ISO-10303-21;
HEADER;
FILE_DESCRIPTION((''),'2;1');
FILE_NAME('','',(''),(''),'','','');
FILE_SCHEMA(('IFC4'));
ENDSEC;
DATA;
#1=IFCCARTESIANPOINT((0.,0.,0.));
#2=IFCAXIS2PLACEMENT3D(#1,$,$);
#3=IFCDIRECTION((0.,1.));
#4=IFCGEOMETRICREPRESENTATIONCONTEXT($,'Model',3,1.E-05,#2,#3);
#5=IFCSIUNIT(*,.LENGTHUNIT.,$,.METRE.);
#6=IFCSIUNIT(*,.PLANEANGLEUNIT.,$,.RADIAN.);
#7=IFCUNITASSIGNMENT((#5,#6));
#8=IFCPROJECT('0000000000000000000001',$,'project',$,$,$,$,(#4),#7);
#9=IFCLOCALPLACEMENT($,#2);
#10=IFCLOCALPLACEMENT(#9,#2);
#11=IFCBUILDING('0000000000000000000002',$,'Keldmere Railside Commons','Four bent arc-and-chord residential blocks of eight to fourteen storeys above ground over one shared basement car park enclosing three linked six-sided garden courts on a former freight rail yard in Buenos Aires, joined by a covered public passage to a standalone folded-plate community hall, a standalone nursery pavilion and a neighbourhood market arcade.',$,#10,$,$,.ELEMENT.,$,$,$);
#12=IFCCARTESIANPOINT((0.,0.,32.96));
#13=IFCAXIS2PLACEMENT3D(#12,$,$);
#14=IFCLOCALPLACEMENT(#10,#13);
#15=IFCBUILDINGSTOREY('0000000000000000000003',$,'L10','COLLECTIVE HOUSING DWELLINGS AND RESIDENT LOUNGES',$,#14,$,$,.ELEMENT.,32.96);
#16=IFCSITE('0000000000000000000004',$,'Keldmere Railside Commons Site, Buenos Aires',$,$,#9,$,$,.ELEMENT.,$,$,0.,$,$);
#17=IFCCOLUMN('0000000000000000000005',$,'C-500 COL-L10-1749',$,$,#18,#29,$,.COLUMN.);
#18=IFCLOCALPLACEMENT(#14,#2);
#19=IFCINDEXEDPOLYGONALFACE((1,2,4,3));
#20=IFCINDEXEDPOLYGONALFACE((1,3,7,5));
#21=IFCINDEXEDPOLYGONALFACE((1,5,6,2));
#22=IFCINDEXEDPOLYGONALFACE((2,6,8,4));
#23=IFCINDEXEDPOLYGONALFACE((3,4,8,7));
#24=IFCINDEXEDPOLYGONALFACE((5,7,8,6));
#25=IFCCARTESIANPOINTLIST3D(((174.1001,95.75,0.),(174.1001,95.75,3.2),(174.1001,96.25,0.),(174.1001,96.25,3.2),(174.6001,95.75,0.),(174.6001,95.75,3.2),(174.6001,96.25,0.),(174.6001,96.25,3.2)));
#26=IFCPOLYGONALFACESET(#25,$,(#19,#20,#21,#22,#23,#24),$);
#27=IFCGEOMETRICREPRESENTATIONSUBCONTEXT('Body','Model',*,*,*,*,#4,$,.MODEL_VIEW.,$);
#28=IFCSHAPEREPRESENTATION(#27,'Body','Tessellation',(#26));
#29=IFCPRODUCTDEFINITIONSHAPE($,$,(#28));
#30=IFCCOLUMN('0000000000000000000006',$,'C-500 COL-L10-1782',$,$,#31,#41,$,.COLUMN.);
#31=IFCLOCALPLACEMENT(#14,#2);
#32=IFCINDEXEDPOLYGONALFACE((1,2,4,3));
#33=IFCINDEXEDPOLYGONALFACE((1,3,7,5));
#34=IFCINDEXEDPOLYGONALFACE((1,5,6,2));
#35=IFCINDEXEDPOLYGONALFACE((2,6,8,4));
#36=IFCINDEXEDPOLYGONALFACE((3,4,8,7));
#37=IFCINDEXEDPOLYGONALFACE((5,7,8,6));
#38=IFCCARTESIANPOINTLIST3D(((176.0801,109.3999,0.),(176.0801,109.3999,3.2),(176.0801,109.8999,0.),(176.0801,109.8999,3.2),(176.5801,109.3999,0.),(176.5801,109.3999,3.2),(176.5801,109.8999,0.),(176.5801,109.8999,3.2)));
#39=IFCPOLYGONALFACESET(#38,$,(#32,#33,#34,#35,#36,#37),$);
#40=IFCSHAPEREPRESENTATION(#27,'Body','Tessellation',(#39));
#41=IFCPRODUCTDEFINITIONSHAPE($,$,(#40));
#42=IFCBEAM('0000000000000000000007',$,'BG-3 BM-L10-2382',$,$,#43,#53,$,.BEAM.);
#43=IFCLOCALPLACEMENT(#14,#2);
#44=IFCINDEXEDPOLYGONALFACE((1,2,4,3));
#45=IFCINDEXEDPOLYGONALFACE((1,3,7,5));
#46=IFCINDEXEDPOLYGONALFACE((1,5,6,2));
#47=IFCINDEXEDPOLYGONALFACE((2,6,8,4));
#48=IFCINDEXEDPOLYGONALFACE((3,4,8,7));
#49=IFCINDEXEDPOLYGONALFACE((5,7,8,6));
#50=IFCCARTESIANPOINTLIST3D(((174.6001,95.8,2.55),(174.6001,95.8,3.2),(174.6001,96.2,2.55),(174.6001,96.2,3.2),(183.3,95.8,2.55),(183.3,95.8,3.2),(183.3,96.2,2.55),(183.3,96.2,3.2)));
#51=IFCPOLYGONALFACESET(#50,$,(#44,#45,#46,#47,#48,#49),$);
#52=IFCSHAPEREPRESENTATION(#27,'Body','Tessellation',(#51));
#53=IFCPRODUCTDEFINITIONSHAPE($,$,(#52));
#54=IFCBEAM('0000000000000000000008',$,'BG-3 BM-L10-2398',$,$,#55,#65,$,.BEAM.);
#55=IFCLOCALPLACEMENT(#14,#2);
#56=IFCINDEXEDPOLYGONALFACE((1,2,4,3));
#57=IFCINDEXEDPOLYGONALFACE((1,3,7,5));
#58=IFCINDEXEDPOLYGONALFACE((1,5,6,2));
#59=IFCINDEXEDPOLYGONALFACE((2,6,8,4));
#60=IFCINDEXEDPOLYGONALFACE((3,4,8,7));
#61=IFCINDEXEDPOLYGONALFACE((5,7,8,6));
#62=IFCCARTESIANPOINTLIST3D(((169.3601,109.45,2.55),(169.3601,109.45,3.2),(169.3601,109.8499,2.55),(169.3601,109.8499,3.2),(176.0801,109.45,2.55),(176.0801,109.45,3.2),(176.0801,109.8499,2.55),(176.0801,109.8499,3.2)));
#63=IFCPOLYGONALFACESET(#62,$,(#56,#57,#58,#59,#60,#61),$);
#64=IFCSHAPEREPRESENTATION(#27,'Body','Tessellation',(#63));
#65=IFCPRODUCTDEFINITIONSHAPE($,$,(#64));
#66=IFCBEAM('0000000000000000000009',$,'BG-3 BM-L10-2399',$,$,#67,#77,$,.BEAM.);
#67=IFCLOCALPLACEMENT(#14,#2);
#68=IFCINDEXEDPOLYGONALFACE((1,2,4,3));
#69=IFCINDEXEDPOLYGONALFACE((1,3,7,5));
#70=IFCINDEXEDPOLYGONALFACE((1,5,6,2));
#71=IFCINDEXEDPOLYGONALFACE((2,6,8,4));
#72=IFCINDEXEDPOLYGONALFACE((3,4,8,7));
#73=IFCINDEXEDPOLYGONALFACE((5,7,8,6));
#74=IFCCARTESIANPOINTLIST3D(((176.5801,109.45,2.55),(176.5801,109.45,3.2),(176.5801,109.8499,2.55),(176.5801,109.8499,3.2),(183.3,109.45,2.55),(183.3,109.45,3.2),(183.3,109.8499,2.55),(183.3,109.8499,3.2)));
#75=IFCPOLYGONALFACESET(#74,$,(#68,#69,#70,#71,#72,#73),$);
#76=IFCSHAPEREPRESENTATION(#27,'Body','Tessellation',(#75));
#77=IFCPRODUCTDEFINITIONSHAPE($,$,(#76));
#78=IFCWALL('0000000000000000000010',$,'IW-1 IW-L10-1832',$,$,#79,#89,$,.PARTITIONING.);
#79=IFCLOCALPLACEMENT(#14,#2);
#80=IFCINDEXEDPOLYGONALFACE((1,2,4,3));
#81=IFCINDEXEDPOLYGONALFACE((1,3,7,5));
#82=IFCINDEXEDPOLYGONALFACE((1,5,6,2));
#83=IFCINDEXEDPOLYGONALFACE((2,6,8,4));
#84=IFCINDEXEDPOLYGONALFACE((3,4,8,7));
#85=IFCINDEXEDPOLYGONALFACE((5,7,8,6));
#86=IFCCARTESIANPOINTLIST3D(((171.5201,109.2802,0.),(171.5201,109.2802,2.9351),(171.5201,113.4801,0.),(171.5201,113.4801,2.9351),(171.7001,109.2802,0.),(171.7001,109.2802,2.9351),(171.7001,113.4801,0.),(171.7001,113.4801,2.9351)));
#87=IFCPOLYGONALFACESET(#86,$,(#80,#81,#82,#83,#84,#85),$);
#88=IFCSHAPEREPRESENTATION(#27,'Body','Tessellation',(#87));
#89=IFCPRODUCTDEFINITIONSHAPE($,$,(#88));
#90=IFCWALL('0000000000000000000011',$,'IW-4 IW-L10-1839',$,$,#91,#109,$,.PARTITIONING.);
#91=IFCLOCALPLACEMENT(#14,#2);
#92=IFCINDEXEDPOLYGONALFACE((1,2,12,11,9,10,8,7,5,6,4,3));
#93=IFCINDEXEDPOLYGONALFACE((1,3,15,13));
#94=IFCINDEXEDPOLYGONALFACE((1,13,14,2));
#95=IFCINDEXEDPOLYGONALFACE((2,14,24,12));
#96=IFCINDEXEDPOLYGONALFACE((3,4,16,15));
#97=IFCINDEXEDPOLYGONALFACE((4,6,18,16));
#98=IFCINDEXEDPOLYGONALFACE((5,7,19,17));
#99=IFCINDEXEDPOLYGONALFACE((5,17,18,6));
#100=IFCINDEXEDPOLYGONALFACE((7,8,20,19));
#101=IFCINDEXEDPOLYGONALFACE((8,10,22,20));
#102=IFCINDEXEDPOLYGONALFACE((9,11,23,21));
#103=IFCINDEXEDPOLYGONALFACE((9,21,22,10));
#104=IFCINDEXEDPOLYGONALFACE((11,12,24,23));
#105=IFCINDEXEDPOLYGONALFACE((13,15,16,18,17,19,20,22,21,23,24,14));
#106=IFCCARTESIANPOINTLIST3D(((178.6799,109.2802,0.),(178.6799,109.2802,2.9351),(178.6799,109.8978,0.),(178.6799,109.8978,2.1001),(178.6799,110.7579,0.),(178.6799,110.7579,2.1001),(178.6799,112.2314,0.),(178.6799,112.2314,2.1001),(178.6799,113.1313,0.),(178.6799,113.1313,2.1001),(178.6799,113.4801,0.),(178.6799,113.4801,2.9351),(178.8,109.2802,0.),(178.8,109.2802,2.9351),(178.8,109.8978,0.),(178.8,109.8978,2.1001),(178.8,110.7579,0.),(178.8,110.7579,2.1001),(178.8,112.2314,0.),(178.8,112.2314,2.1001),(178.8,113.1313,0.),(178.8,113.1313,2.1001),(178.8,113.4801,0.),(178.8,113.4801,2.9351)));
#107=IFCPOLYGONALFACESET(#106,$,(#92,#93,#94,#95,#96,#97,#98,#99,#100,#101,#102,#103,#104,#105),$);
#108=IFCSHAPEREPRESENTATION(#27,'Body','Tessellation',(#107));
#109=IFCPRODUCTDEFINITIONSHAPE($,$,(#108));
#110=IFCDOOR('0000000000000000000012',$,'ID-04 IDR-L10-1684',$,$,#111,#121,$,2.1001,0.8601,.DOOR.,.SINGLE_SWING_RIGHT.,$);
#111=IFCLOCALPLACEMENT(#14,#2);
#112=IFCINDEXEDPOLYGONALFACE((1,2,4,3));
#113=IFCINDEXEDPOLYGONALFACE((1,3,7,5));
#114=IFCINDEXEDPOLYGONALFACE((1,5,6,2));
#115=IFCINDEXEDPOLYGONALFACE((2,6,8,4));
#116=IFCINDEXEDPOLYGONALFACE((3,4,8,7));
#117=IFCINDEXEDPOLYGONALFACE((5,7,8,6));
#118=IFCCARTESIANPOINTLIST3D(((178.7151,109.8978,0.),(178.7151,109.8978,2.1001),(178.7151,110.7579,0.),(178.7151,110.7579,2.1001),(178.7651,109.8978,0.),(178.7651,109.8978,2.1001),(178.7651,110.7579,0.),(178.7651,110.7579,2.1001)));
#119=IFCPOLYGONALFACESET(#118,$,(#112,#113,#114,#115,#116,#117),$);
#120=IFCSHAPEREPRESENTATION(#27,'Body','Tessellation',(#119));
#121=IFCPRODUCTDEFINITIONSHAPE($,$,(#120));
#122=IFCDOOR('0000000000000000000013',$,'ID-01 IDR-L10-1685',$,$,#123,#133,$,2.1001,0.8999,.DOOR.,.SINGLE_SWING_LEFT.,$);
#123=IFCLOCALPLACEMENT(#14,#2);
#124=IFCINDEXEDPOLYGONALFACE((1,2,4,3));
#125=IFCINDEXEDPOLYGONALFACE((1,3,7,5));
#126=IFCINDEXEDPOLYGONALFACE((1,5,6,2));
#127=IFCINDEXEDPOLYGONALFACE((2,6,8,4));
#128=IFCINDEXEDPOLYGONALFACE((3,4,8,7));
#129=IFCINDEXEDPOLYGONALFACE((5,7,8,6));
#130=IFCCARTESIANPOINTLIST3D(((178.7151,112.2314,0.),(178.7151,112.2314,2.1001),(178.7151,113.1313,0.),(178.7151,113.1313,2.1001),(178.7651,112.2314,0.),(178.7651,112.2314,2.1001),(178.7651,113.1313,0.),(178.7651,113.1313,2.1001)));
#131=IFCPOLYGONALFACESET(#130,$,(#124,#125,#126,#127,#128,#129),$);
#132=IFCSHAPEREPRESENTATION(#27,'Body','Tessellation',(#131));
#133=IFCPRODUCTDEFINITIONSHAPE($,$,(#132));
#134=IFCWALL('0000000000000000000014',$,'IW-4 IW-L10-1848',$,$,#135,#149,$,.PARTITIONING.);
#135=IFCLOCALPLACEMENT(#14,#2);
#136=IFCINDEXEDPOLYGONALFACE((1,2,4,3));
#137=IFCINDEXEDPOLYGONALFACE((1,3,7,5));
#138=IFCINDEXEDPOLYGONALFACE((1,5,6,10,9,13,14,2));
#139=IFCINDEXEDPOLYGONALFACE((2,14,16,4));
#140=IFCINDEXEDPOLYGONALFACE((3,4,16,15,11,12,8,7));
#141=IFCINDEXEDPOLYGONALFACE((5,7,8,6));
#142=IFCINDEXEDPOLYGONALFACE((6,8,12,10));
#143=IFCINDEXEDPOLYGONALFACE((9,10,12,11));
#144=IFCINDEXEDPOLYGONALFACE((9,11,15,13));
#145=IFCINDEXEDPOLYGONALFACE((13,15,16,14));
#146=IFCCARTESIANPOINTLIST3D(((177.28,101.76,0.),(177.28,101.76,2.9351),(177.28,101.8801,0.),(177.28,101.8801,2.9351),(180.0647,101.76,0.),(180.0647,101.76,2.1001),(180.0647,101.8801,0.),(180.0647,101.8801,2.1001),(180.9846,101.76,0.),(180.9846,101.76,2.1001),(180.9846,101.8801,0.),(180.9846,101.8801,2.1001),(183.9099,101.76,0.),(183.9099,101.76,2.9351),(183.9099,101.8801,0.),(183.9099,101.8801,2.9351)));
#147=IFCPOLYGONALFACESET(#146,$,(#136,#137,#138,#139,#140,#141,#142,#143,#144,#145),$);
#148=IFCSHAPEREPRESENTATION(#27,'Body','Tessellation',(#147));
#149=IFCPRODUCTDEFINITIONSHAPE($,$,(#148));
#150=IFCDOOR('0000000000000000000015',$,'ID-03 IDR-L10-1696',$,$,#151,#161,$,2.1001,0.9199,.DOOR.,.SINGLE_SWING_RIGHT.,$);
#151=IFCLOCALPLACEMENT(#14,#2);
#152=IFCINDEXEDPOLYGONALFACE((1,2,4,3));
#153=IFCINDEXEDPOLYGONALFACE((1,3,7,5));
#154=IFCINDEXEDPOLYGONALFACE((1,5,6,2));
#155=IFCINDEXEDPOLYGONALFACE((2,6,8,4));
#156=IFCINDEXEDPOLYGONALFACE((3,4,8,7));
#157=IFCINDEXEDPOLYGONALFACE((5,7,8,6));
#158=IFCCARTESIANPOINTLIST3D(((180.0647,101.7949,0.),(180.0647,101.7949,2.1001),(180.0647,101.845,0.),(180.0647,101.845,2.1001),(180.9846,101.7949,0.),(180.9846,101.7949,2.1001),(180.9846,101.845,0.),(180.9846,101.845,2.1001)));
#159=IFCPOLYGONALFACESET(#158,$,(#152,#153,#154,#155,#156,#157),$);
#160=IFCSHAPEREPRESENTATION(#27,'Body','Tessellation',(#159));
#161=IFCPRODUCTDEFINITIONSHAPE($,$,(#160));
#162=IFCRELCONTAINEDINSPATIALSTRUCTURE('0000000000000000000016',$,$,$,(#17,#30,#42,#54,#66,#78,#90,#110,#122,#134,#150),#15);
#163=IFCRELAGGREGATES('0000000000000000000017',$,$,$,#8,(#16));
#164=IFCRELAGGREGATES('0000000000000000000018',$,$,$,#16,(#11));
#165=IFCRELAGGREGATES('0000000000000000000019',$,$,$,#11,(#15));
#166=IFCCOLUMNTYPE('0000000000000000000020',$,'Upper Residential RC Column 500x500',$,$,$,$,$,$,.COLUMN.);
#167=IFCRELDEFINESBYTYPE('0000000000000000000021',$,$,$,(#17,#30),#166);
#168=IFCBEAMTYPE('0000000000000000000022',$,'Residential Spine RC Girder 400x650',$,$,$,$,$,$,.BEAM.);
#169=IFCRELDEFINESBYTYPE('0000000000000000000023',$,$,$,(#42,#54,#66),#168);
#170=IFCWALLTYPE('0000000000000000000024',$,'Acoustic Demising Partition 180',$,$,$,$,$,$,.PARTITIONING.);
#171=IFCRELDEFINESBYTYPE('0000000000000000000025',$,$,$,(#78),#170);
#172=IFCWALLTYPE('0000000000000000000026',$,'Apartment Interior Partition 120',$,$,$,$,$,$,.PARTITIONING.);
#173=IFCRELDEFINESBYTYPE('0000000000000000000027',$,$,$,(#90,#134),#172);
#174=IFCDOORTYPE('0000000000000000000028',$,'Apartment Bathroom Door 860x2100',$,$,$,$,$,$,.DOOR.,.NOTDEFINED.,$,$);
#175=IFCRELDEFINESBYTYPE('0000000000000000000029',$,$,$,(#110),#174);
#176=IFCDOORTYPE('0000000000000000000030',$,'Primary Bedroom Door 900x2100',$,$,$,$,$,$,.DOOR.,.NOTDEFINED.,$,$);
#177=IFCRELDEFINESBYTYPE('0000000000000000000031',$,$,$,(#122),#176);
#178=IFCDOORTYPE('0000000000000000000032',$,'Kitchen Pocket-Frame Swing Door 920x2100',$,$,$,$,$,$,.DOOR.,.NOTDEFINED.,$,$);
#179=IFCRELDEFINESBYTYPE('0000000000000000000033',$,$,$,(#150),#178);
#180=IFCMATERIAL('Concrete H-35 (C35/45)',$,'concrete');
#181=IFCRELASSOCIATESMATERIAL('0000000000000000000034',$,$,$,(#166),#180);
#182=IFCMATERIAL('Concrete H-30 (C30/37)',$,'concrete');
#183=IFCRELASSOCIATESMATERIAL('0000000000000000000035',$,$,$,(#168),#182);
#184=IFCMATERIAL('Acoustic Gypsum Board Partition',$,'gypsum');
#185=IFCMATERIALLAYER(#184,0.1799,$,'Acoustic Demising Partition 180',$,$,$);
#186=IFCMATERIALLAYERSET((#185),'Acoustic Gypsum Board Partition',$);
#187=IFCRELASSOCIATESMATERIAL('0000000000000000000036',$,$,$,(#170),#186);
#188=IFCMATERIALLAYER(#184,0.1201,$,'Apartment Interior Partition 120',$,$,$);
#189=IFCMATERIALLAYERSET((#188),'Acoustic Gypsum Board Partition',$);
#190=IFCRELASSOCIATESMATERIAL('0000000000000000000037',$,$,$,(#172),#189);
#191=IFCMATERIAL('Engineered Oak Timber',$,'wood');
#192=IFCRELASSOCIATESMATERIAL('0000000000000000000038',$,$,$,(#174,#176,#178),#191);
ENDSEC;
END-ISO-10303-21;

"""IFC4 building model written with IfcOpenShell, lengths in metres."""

from ifc_helpers import new_model, si_unit, direction, frame, frame_2d, origin, origin_2d, place, context, subcontext, project, spatial, rectangle, extrude, material, layer, layer_set, material_profile, profile_set, type_object, element, fill, save


model = new_model("IFC4")

# Units and contexts
model_context = context("Model", 3, precision=1e-05, world=origin(), true_north=direction((0.0, 1.0)))
body_context = subcontext(model_context, "Body", "Model", "MODEL_VIEW")
ifc_project = project(units=[si_unit("LENGTHUNIT", "METRE"), si_unit("PLANEANGLEUNIT", "RADIAN")], contexts=[model_context])

# Site, building, storey
site_placement = place(None, origin())
site = spatial("IfcSite", under=ifc_project, at=site_placement, Name="Keldmere Railside Commons Site, Buenos Aires", CompositionType="ELEMENT", RefElevation=0.0)
building_placement = place(site_placement, origin())
building = spatial("IfcBuilding", under=site, at=building_placement, Name="Keldmere Railside Commons", Description="Four bent arc-and-chord residential blocks of eight to fourteen storeys above ground over one shared basement car park enclosing three linked six-sided garden courts on a former freight rail yard in Buenos Aires, joined by a covered public passage to a standalone folded-plate community hall, a standalone nursery pavilion and a neighbourhood market arcade.", CompositionType="ELEMENT")
storey_placement = place(building_placement, frame((0.0, 0.0, 32.96)))
storey = spatial("IfcBuildingStorey", under=building, at=storey_placement, Name="L10", Description="COLLECTIVE HOUSING DWELLINGS AND RESIDENT LOUNGES", CompositionType="ELEMENT", Elevation=32.96)

# Columns
ifc_material_1 = material(Name="Concrete H-35 (C35/45)", Category="concrete")
ifc_material_profile_1 = material_profile(ifc_material_1, rectangle(XDim=0.5, YDim=0.5, at=origin_2d()), Name="RC-500x500")
ifc_profile_set_1 = profile_set([ifc_material_profile_1], Name="Concrete H-35 (C35/45)")
column_type = type_object("IfcColumnType", Name="Upper Residential RC Column 500x500", PredefinedType="COLUMN", material=ifc_profile_set_1)
for number, where, z_axis, x_axis, name in (
    (1, (174.3501, 96.0, 0.0), (0.0, 0.0, 1.0), (1.0, 0.0, 0.0), "C-500 COL-L10-1749"),
    (2, (176.3301, 109.6499, 0.0), (0.0, 0.0, 1.0), (1.0, 0.0, 0.0), "C-500 COL-L10-1782"),
):
    element("IfcColumn", number, at=place(storey_placement, frame(where, z_axis=z_axis, x_axis=x_axis)), inside=storey, type_object=column_type, Name=name, PredefinedType="COLUMN", context=body_context, shape_type="SweptSolid", body=[
        extrude(rectangle(XDim=0.5, YDim=0.5, at=origin_2d()), origin(), (0.0, 0.0, 1.0), 3.2),
    ])

# Beams
ifc_material_2 = material(Name="Concrete H-30 (C30/37)", Category="concrete")
ifc_material_profile_2 = material_profile(ifc_material_2, rectangle(XDim=0.3999, YDim=0.6499, at=origin_2d()), Name="RC-400x650")
ifc_profile_set_2 = profile_set([ifc_material_profile_2], Name="Concrete H-30 (C30/37)")
beam_type = type_object("IfcBeamType", Name="Residential Spine RC Girder 400x650", PredefinedType="BEAM", material=ifc_profile_set_2)
beam_placement = place(storey_placement, frame((174.6001, 96.0, 2.875), z_axis=(1.0, 0.0, 0.0), x_axis=(0.0, 1.0, 0.0)))
element("IfcBeam", 3, at=beam_placement, inside=storey, type_object=beam_type, Name="BG-3 BM-L10-2382", PredefinedType="BEAM", context=body_context, shape_type="SweptSolid", body=[
    extrude(rectangle(XDim=0.3999, YDim=0.6499, at=origin_2d()), origin(), (0.0, 0.0, 1.0), 8.7),
])
for number, where, z_axis, x_axis, name in (
    (4, (169.3601, 109.6499, 2.875), (1.0, 0.0, 0.0), (0.0, 1.0, 0.0), "BG-3 BM-L10-2398"),
    (5, (176.5801, 109.6499, 2.875), (1.0, 0.0, 0.0), (0.0, 1.0, 0.0), "BG-3 BM-L10-2399"),
):
    element("IfcBeam", number, at=place(storey_placement, frame(where, z_axis=z_axis, x_axis=x_axis)), inside=storey, type_object=beam_type, Name=name, PredefinedType="BEAM", context=body_context, shape_type="SweptSolid", body=[
        extrude(rectangle(XDim=0.3999, YDim=0.6499, at=origin_2d()), origin(), (0.0, 0.0, 1.0), 6.72),
    ])

# Wall
ifc_material_3 = material(Name="Acoustic Gypsum Board Partition", Category="gypsum")
ifc_layer_1 = layer(ifc_material_3, 0.1799, Name="Acoustic Demising Partition 180")
ifc_layer_set_1 = layer_set([ifc_layer_1], Name="Acoustic Gypsum Board Partition")
wall_type_1 = type_object("IfcWallType", Name="Acoustic Demising Partition 180", PredefinedType="PARTITIONING", material=ifc_layer_set_1)
wall_1_placement = place(storey_placement, frame((171.6101, 109.28, 0.0), z_axis=(0.0, 0.0, 1.0), x_axis=(0.0, 1.0, 0.0)))
element("IfcWall", 6, at=wall_1_placement, inside=storey, type_object=wall_type_1, Name="IW-1 IW-L10-1832", PredefinedType="PARTITIONING", context=body_context, shape_type="SweptSolid", body=[
    extrude(rectangle(XDim=4.2, YDim=0.1799, at=frame_2d((2.1001, 0.0))), origin(), (0.0, 0.0, 1.0), 2.9351),
])

# Wall, openings, doors
ifc_layer_2 = layer(ifc_material_3, 0.1201, Name="Apartment Interior Partition 120")
ifc_layer_set_2 = layer_set([ifc_layer_2], Name="Acoustic Gypsum Board Partition")
wall_type_2 = type_object("IfcWallType", Name="Apartment Interior Partition 120", PredefinedType="PARTITIONING", material=ifc_layer_set_2)
wall_2_placement = place(storey_placement, frame((178.74, 109.28, 0.0), z_axis=(0.0, 0.0, 1.0), x_axis=(0.0, 1.0, 0.0)))
wall_2 = element("IfcWall", 7, at=wall_2_placement, inside=storey, type_object=wall_type_2, Name="IW-4 IW-L10-1839", PredefinedType="PARTITIONING", context=body_context, shape_type="SweptSolid", body=[
    extrude(rectangle(XDim=4.2, YDim=0.1201, at=frame_2d((2.1001, 0.0))), origin(), (0.0, 0.0, 1.0), 2.9351),
])
opening_1_placement = place(wall_2_placement, frame((0.6177, 0.0, 0.0)))
opening_1 = element("IfcOpeningElement", 8, at=opening_1_placement, cuts=wall_2, PredefinedType="OPENING", context=body_context, shape_type="SweptSolid", body=[
    extrude(rectangle(XDim=0.8601, YDim=2.1001, at=frame_2d((0.4302, 1.05))), frame((0.0, 0.0701, 0.0), z_axis=(0.0, -1.0, 0.0), x_axis=(1.0, 0.0, 0.0)), (0.0, 0.0, 1.0), 0.1401),
])
opening_2_placement = place(wall_2_placement, frame((2.9514, 0.0, 0.0)))
opening_2 = element("IfcOpeningElement", 9, at=opening_2_placement, cuts=wall_2, PredefinedType="OPENING", context=body_context, shape_type="SweptSolid", body=[
    extrude(rectangle(XDim=0.8999, YDim=2.1001, at=frame_2d((0.45, 1.05))), frame((0.0, 0.0701, 0.0), z_axis=(0.0, -1.0, 0.0), x_axis=(1.0, 0.0, 0.0)), (0.0, 0.0, 1.0), 0.1401),
])
ifc_material_4 = material(Name="Engineered Oak Timber", Category="wood")
door_type_1 = type_object("IfcDoorType", Name="Apartment Bathroom Door 860x2100", OperationType="NOTDEFINED", PredefinedType="DOOR", material=ifc_material_4)
door_1_placement = place(opening_1_placement, origin())
door_1 = element("IfcDoor", 10, at=door_1_placement, inside=storey, type_object=door_type_1, Name="ID-04 IDR-L10-1684", OperationType="SINGLE_SWING_RIGHT", OverallHeight=2.1001, OverallWidth=0.8601, PredefinedType="DOOR", context=body_context, shape_type="SweptSolid", body=[
    extrude(rectangle(XDim=0.8601, YDim=2.1001, at=frame_2d((0.4302, 1.05))), frame((0.0, 0.0249, 0.0), z_axis=(0.0, -1.0, 0.0), x_axis=(1.0, 0.0, 0.0)), (0.0, 0.0, 1.0), 0.05),
])
fill(opening_1, door_1)
door_type_2 = type_object("IfcDoorType", Name="Primary Bedroom Door 900x2100", OperationType="NOTDEFINED", PredefinedType="DOOR", material=ifc_material_4)
door_2_placement = place(opening_2_placement, origin())
door_2 = element("IfcDoor", 11, at=door_2_placement, inside=storey, type_object=door_type_2, Name="ID-01 IDR-L10-1685", OperationType="SINGLE_SWING_LEFT", OverallHeight=2.1001, OverallWidth=0.8999, PredefinedType="DOOR", context=body_context, shape_type="SweptSolid", body=[
    extrude(rectangle(XDim=0.8999, YDim=2.1001, at=frame_2d((0.45, 1.05))), frame((0.0, 0.0249, 0.0), z_axis=(0.0, -1.0, 0.0), x_axis=(1.0, 0.0, 0.0)), (0.0, 0.0, 1.0), 0.05),
])
fill(opening_2, door_2)

# Wall, opening, door
wall_3_placement = place(storey_placement, frame((177.28, 101.8201, 0.0), z_axis=(0.0, 0.0, 1.0), x_axis=(1.0, 0.0, 0.0)))
wall_3 = element("IfcWall", 12, at=wall_3_placement, inside=storey, type_object=wall_type_2, Name="IW-4 IW-L10-1848", PredefinedType="PARTITIONING", context=body_context, shape_type="SweptSolid", body=[
    extrude(rectangle(XDim=6.6299, YDim=0.1201, at=frame_2d((3.3149, 0.0))), origin(), (0.0, 0.0, 1.0), 2.9351),
])
opening_3_placement = place(wall_3_placement, frame((2.7847, 0.0, 0.0)))
opening_3 = element("IfcOpeningElement", 13, at=opening_3_placement, cuts=wall_3, PredefinedType="OPENING", context=body_context, shape_type="SweptSolid", body=[
    extrude(rectangle(XDim=0.9199, YDim=2.1001, at=frame_2d((0.46, 1.05))), frame((0.0, 0.0701, 0.0), z_axis=(0.0, -1.0, 0.0), x_axis=(1.0, 0.0, 0.0)), (0.0, 0.0, 1.0), 0.1401),
])
door_type_3 = type_object("IfcDoorType", Name="Kitchen Pocket-Frame Swing Door 920x2100", OperationType="NOTDEFINED", PredefinedType="DOOR", material=ifc_material_4)
door_3_placement = place(opening_3_placement, origin())
door_3 = element("IfcDoor", 14, at=door_3_placement, inside=storey, type_object=door_type_3, Name="ID-03 IDR-L10-1696", OperationType="SINGLE_SWING_RIGHT", OverallHeight=2.1001, OverallWidth=0.9199, PredefinedType="DOOR", context=body_context, shape_type="SweptSolid", body=[
    extrude(rectangle(XDim=0.9199, YDim=2.1001, at=frame_2d((0.46, 1.05))), frame((0.0, 0.0249, 0.0), z_axis=(0.0, -1.0, 0.0), x_axis=(1.0, 0.0, 0.0)), (0.0, 0.0, 1.0), 0.05),
])
fill(opening_3, door_3)

save(model, "model.ifc")
